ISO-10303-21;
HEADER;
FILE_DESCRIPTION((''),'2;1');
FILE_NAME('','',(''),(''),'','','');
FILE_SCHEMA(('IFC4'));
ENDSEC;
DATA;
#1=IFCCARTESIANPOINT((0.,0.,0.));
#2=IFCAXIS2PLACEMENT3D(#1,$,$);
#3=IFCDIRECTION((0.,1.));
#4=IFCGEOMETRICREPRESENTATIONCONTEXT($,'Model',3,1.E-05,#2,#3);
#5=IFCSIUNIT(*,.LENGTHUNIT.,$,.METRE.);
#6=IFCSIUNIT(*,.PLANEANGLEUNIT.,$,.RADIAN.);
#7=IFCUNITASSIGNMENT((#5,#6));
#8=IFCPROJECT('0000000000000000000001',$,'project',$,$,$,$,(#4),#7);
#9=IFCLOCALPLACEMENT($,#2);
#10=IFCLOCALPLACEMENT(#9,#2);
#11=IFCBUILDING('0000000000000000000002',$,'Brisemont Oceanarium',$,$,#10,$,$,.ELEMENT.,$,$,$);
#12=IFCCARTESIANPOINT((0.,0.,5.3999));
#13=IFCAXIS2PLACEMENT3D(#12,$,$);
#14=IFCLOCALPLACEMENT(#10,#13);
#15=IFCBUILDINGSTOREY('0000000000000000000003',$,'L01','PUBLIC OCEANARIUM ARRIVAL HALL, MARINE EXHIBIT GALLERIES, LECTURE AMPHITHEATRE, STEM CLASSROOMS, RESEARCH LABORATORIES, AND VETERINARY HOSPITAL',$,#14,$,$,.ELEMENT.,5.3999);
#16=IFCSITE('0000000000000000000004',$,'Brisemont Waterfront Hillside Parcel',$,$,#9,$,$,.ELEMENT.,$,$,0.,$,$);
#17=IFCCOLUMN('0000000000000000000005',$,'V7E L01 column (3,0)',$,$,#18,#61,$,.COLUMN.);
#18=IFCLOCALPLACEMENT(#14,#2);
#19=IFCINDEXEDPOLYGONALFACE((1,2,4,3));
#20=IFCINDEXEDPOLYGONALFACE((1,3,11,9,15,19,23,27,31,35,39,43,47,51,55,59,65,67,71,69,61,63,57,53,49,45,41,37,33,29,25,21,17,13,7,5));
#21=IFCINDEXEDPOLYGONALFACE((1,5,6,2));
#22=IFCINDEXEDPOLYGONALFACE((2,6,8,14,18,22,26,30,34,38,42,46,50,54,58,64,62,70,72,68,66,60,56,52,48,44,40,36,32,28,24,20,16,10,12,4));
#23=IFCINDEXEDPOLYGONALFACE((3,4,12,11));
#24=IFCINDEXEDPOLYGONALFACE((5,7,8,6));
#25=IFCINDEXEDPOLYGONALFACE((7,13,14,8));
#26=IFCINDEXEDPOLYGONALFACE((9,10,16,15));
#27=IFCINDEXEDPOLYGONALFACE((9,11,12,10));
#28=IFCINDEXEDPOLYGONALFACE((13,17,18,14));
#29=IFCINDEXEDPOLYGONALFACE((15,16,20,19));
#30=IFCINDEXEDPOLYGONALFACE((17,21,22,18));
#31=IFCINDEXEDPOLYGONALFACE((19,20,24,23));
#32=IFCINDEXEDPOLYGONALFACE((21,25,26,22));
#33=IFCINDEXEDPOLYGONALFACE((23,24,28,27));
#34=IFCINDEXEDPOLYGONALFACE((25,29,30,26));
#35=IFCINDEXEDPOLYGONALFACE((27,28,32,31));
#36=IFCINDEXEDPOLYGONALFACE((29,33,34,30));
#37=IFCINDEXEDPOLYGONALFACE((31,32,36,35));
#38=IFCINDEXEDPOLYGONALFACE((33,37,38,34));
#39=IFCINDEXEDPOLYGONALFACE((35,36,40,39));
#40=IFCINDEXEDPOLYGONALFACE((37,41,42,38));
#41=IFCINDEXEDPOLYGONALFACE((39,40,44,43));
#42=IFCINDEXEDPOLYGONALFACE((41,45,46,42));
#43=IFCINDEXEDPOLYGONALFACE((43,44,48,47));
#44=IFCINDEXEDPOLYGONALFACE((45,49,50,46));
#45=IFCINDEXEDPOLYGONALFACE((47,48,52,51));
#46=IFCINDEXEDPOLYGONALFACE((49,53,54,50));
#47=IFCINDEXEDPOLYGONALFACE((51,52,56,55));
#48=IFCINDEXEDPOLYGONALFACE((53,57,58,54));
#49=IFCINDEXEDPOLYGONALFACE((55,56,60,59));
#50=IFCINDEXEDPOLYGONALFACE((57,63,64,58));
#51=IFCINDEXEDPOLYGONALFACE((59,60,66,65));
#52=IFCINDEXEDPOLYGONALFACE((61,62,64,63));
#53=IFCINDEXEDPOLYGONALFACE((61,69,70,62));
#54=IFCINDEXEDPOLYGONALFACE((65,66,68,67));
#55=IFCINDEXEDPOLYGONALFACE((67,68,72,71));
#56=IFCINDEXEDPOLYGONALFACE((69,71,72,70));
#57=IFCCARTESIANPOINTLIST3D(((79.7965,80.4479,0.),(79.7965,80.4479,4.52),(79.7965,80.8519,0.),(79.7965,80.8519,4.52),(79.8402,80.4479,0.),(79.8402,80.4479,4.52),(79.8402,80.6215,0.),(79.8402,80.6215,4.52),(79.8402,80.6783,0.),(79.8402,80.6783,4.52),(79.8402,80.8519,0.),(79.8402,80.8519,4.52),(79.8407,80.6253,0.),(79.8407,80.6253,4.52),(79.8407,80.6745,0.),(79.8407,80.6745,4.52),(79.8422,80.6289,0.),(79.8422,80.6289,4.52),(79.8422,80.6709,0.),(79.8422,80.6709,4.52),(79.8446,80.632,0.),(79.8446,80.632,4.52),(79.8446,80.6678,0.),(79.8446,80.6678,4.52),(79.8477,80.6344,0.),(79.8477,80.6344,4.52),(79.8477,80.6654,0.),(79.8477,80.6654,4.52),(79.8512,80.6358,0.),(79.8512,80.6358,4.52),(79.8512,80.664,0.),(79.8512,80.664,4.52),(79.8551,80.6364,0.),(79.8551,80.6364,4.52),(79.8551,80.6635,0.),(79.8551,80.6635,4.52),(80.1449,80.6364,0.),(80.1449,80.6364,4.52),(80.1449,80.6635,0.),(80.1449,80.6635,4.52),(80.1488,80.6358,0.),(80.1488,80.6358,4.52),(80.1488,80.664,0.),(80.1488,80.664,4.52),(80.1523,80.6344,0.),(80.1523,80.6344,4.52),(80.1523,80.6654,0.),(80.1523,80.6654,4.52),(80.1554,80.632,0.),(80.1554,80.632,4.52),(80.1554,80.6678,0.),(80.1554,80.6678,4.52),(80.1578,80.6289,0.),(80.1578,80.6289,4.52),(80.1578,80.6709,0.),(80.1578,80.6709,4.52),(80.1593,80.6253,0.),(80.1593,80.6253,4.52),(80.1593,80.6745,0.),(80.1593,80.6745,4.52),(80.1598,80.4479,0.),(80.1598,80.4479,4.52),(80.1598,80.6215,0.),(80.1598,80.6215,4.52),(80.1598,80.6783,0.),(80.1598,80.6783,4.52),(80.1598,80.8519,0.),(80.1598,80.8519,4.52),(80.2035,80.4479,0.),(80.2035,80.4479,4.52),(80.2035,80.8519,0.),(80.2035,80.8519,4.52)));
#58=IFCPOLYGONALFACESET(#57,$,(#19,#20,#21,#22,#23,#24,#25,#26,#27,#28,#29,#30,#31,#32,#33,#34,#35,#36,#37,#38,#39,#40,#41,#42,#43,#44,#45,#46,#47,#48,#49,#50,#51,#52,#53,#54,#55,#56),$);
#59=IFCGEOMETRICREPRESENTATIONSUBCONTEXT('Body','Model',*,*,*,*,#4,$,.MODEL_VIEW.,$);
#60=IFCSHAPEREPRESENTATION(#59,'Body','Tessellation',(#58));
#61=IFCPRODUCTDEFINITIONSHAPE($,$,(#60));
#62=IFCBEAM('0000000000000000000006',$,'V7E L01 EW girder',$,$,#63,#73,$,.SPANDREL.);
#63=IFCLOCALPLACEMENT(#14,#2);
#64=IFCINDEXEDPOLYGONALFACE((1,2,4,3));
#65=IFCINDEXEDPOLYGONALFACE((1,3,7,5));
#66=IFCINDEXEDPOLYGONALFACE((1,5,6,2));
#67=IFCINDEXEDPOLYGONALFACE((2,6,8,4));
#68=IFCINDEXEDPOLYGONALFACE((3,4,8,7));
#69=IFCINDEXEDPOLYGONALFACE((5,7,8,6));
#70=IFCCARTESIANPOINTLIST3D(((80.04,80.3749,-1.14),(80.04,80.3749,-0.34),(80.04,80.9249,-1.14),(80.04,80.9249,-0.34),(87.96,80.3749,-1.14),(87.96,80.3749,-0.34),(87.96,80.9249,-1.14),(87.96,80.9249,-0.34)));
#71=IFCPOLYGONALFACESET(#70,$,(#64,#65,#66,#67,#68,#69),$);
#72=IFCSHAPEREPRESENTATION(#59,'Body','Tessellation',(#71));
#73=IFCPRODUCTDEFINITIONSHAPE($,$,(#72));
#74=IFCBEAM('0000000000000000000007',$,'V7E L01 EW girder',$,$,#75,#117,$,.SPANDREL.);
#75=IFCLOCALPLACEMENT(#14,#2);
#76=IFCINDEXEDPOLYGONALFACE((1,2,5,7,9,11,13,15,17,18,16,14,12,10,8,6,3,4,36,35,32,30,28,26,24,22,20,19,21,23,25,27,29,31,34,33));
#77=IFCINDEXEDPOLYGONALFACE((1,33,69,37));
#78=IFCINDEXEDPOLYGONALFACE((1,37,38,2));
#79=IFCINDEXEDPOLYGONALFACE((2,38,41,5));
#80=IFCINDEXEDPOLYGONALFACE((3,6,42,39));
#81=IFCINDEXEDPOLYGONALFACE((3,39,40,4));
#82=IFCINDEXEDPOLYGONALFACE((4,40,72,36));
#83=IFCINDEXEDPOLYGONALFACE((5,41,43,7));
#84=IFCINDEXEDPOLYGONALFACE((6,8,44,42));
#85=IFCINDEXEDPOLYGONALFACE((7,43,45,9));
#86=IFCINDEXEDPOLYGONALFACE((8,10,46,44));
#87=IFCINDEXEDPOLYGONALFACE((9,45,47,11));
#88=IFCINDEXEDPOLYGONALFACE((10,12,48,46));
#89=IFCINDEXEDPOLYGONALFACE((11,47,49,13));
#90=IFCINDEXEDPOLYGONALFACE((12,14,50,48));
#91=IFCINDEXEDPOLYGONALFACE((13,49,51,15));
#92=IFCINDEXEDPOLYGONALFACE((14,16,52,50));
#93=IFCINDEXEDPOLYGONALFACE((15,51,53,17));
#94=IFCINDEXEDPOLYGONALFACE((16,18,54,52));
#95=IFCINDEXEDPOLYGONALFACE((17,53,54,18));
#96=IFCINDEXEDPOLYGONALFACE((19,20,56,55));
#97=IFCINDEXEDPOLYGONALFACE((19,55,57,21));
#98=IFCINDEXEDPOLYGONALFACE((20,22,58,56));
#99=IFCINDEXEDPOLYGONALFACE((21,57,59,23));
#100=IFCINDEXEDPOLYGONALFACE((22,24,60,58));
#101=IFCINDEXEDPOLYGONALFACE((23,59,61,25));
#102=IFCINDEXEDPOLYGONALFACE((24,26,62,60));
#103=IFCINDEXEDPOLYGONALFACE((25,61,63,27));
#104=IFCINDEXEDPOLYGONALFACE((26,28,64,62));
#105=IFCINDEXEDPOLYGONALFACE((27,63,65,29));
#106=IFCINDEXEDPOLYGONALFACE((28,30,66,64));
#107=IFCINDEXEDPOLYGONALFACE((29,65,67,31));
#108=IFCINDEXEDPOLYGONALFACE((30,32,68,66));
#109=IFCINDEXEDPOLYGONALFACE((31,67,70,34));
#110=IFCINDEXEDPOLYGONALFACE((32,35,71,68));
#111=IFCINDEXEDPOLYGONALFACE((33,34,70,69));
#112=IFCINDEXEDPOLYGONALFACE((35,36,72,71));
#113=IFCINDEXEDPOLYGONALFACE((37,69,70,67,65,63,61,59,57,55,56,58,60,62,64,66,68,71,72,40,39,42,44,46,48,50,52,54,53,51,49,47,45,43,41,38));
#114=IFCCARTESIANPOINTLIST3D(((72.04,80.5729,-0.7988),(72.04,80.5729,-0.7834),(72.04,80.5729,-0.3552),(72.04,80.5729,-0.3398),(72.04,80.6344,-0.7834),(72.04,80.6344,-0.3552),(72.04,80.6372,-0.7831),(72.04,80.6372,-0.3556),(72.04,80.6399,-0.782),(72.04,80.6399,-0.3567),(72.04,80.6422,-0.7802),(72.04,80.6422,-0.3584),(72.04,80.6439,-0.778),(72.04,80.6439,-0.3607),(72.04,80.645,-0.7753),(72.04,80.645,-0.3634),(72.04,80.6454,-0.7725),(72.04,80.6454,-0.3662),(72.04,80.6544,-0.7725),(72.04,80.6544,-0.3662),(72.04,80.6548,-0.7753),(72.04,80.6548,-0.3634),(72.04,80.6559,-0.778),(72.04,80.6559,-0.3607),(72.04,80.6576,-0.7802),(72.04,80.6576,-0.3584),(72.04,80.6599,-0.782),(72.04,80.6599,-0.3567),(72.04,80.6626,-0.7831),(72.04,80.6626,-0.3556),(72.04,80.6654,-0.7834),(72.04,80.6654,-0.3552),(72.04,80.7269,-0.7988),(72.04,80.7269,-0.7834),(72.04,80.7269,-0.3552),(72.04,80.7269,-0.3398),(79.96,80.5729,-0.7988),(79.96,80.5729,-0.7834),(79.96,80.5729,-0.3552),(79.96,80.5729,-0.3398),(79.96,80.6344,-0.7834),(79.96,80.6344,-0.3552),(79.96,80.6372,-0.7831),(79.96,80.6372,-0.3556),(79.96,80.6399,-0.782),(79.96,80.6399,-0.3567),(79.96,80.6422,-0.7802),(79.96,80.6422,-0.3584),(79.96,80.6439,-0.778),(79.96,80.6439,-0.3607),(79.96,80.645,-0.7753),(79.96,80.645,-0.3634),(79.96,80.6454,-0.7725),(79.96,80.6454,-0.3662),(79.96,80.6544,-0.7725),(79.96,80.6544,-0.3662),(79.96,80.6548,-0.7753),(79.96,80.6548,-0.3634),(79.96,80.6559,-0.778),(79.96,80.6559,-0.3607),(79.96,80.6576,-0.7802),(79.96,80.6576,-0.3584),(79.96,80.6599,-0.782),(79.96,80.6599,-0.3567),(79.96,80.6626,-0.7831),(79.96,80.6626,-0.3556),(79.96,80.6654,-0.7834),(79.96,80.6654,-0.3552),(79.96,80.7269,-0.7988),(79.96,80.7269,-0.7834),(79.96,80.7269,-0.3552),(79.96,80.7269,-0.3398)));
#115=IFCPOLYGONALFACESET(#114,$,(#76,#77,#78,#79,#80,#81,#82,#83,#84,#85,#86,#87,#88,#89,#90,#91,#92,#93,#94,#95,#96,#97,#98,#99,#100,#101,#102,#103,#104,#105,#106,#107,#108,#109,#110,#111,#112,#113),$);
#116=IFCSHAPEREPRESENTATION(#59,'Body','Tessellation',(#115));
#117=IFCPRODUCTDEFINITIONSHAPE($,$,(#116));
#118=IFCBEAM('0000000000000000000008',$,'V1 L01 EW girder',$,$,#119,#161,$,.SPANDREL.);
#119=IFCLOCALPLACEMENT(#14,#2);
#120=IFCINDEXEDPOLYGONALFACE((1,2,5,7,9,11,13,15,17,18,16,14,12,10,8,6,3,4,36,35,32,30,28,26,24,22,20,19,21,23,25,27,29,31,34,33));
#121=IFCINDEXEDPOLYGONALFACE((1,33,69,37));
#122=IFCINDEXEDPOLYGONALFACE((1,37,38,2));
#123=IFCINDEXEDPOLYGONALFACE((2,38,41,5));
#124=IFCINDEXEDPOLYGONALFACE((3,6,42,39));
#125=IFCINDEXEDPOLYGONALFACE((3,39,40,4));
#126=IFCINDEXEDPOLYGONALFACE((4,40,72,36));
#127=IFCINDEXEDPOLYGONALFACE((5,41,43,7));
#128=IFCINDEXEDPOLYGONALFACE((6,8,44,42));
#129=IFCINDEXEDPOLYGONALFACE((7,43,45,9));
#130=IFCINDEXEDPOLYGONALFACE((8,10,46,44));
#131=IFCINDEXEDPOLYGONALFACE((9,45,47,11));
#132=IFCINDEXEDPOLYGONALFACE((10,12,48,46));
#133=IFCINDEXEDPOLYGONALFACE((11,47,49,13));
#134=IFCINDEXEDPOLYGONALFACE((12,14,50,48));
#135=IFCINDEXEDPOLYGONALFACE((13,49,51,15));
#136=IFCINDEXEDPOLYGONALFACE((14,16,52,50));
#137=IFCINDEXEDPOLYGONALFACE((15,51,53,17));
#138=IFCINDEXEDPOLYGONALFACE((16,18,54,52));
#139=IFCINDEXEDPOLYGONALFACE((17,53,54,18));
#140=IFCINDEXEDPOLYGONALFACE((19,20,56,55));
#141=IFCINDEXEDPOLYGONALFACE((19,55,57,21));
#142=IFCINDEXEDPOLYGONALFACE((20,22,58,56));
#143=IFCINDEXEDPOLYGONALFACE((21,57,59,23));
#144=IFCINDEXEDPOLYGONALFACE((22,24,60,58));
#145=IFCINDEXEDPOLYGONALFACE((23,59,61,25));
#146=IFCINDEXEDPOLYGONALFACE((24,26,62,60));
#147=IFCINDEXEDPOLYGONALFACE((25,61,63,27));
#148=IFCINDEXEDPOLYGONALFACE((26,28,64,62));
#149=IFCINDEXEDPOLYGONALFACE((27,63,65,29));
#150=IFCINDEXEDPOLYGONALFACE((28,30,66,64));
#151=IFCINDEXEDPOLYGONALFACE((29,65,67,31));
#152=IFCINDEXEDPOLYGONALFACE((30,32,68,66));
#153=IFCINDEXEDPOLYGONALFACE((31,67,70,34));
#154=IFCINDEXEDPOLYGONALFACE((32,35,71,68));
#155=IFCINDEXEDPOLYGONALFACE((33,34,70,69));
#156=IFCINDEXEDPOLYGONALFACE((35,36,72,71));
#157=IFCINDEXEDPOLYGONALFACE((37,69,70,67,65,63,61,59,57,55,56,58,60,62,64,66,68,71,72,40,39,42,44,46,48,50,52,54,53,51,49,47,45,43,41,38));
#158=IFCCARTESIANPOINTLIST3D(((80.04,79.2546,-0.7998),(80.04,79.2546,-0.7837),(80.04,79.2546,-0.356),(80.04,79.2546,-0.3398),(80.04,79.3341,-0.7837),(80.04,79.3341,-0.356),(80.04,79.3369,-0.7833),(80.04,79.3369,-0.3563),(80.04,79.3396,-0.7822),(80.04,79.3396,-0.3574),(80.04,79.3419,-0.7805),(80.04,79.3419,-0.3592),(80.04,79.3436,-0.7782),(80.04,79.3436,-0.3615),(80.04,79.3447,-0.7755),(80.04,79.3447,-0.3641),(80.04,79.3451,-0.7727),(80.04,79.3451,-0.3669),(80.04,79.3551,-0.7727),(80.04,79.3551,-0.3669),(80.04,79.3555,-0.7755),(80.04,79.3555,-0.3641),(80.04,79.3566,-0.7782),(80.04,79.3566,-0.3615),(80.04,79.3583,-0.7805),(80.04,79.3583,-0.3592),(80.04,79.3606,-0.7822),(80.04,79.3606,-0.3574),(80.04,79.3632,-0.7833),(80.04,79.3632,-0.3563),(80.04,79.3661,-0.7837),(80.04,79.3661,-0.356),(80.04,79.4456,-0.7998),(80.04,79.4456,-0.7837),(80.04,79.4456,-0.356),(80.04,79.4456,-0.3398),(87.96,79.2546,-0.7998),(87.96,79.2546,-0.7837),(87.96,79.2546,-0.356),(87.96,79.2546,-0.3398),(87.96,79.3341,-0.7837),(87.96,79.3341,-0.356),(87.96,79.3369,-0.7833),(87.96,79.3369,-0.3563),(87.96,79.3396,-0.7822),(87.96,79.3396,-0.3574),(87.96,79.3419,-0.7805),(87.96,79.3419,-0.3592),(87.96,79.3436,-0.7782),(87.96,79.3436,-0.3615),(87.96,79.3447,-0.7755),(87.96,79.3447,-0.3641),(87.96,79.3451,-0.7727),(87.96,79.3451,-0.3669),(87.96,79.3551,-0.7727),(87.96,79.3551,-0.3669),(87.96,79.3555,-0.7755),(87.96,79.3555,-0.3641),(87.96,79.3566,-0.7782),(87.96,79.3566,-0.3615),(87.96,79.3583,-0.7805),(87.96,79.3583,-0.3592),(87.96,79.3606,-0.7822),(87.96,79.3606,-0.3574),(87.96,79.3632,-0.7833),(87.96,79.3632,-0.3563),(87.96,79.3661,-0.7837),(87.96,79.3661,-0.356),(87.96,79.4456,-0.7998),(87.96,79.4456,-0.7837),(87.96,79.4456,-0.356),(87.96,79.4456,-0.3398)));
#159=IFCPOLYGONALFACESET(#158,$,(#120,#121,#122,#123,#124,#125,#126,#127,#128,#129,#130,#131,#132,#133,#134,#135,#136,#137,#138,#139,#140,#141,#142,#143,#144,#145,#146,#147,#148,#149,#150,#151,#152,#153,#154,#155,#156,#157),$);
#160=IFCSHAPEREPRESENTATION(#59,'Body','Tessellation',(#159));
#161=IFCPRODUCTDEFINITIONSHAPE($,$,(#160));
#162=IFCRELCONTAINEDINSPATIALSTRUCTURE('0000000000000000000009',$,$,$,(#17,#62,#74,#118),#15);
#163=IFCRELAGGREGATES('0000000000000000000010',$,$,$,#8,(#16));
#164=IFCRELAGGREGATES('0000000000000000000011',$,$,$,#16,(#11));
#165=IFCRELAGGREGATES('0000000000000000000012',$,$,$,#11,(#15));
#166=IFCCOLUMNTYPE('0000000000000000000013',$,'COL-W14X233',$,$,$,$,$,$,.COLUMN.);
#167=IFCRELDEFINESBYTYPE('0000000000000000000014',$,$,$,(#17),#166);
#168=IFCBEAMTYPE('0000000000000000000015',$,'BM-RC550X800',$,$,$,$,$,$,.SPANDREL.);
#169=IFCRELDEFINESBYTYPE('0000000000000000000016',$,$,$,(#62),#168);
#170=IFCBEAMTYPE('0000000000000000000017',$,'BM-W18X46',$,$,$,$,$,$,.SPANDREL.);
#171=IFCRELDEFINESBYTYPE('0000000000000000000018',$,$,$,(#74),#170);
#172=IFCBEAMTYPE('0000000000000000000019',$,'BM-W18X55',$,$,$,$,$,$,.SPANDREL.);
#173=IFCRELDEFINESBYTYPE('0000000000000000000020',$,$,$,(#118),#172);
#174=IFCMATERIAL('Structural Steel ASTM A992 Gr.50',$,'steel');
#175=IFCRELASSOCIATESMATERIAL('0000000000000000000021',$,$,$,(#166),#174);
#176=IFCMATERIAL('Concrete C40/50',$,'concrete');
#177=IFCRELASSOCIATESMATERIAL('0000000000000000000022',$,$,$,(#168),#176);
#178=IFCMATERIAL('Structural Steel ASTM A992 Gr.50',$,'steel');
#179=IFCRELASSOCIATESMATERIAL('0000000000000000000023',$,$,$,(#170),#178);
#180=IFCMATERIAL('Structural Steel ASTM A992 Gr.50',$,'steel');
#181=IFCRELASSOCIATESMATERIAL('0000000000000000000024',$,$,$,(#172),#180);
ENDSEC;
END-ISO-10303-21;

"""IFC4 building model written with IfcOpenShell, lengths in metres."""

from ifc_helpers import new_model, si_unit, direction, frame, origin, origin_2d, place, context, subcontext, project, spatial, rectangle, i_section, extrude, material, material_profile, profile_set, type_object, element, save


model = new_model("IFC4")

# Units and contexts
model_context = context("Model", 3, precision=1e-05, world=origin(), true_north=direction((0.0, 1.0)))
body_context = subcontext(model_context, "Body", "Model", "MODEL_VIEW")
ifc_project = project(units=[si_unit("LENGTHUNIT", "METRE"), si_unit("PLANEANGLEUNIT", "RADIAN")], contexts=[model_context])

# Site, building, storey
site_placement = place(None, origin())
site = spatial("IfcSite", under=ifc_project, at=site_placement, Name="Brisemont Waterfront Hillside Parcel", CompositionType="ELEMENT", RefElevation=0.0)
building_placement = place(site_placement, origin())
building = spatial("IfcBuilding", under=site, at=building_placement, Name="Brisemont Oceanarium", CompositionType="ELEMENT")
storey_placement = place(building_placement, frame((0.0, 0.0, 5.3999)))
storey = spatial("IfcBuildingStorey", under=building, at=storey_placement, Name="L01", Description="PUBLIC OCEANARIUM ARRIVAL HALL, MARINE EXHIBIT GALLERIES, LECTURE AMPHITHEATRE, STEM CLASSROOMS, RESEARCH LABORATORIES, AND VETERINARY HOSPITAL", CompositionType="ELEMENT", Elevation=5.3999)

# Column
ifc_material_1 = material(Name="Structural Steel ASTM A992 Gr.50", Category="steel")
ifc_material_profile_1 = material_profile(ifc_material_1, i_section(OverallWidth=0.4041, OverallDepth=0.407, WebThickness=0.0271, FlangeThickness=0.0437, FilletRadius=0.0149, at=origin_2d()), Name="W14X233")
ifc_profile_set_1 = profile_set([ifc_material_profile_1], Name="Structural Steel ASTM A992 Gr.50")
column_type_1 = type_object("IfcColumnType", Name="COL-W14X233", PredefinedType="COLUMN", material=ifc_profile_set_1)
column_1_placement = place(storey_placement, frame((80.0, 80.6499, 0.0), z_axis=(0.0, 0.0, 1.0), x_axis=(0.0, 1.0, 0.0)))
element("IfcColumn", 1, at=column_1_placement, inside=storey, type_object=column_type_1, Name="V7E L01 column (3,0)", PredefinedType="COLUMN", context=body_context, shape_type="SweptSolid", body=[
    extrude(i_section(OverallWidth=0.4041, OverallDepth=0.407, WebThickness=0.0271, FlangeThickness=0.0437, FilletRadius=0.0149, at=origin_2d()), origin(), (0.0, 0.0, 1.0), 4.52),
])

# Beams
ifc_material_2 = material(Name="Concrete C40/50", Category="concrete")
ifc_material_profile_2 = material_profile(ifc_material_2, rectangle(XDim=0.55, YDim=0.8, at=origin_2d()), Name="RC-BM-550X800")
ifc_profile_set_2 = profile_set([ifc_material_profile_2], Name="Concrete C40/50")
beam_type_1 = type_object("IfcBeamType", Name="BM-RC550X800", PredefinedType="SPANDREL", material=ifc_profile_set_2)
beam_1_placement = place(storey_placement, frame((80.04, 80.6499, -0.74), z_axis=(1.0, 0.0, 0.0), x_axis=(0.0, 1.0, 0.0)))
element("IfcBeam", 2, at=beam_1_placement, inside=storey, type_object=beam_type_1, Name="V7E L01 EW girder", PredefinedType="SPANDREL", context=body_context, shape_type="SweptSolid", body=[
    extrude(rectangle(XDim=0.55, YDim=0.8, at=origin_2d()), origin(), (0.0, 0.0, 1.0), 7.9199),
])
ifc_material_3 = material(Name="Structural Steel ASTM A992 Gr.50", Category="steel")
ifc_material_profile_3 = material_profile(ifc_material_3, i_section(OverallWidth=0.1541, OverallDepth=0.459, WebThickness=0.009, FlangeThickness=0.0154, FilletRadius=0.011, at=origin_2d()), Name="W18X46")
ifc_profile_set_3 = profile_set([ifc_material_profile_3], Name="Structural Steel ASTM A992 Gr.50")
beam_type_2 = type_object("IfcBeamType", Name="BM-W18X46", PredefinedType="SPANDREL", material=ifc_profile_set_3)
beam_2_placement = place(storey_placement, frame((72.04, 80.6499, -0.5693), z_axis=(1.0, 0.0, 0.0), x_axis=(0.0, 1.0, 0.0)))
element("IfcBeam", 3, at=beam_2_placement, inside=storey, type_object=beam_type_2, Name="V7E L01 EW girder", PredefinedType="SPANDREL", context=body_context, shape_type="SweptSolid", body=[
    extrude(i_section(OverallWidth=0.1541, OverallDepth=0.459, WebThickness=0.009, FlangeThickness=0.0154, FilletRadius=0.011, at=origin_2d()), origin(), (0.0, 0.0, 1.0), 7.9199),
])
ifc_material_4 = material(Name="Structural Steel ASTM A992 Gr.50", Category="steel")
ifc_material_profile_4 = material_profile(ifc_material_4, i_section(OverallWidth=0.1909, OverallDepth=0.46, WebThickness=0.01, FlangeThickness=0.0161, FilletRadius=0.011, at=origin_2d()), Name="W18X55")
ifc_profile_set_4 = profile_set([ifc_material_profile_4], Name="Structural Steel ASTM A992 Gr.50")
beam_type_3 = type_object("IfcBeamType", Name="BM-W18X55", PredefinedType="SPANDREL", material=ifc_profile_set_4)
for number, where, z_axis, x_axis, name in (
    (4, (80.04, 79.3501, -0.5698), (1.0, 0.0, 0.0), (0.0, 1.0, 0.0), "V1 L01 EW girder"),
):
    element("IfcBeam", number, at=place(storey_placement, frame(where, z_axis=z_axis, x_axis=x_axis)), inside=storey, type_object=beam_type_3, Name=name, PredefinedType="SPANDREL", context=body_context, shape_type="SweptSolid", body=[
        extrude(i_section(OverallWidth=0.1909, OverallDepth=0.46, WebThickness=0.01, FlangeThickness=0.0161, FilletRadius=0.011, at=origin_2d()), origin(), (0.0, 0.0, 1.0), 7.9199),
    ])

save(model, "model.ifc")
